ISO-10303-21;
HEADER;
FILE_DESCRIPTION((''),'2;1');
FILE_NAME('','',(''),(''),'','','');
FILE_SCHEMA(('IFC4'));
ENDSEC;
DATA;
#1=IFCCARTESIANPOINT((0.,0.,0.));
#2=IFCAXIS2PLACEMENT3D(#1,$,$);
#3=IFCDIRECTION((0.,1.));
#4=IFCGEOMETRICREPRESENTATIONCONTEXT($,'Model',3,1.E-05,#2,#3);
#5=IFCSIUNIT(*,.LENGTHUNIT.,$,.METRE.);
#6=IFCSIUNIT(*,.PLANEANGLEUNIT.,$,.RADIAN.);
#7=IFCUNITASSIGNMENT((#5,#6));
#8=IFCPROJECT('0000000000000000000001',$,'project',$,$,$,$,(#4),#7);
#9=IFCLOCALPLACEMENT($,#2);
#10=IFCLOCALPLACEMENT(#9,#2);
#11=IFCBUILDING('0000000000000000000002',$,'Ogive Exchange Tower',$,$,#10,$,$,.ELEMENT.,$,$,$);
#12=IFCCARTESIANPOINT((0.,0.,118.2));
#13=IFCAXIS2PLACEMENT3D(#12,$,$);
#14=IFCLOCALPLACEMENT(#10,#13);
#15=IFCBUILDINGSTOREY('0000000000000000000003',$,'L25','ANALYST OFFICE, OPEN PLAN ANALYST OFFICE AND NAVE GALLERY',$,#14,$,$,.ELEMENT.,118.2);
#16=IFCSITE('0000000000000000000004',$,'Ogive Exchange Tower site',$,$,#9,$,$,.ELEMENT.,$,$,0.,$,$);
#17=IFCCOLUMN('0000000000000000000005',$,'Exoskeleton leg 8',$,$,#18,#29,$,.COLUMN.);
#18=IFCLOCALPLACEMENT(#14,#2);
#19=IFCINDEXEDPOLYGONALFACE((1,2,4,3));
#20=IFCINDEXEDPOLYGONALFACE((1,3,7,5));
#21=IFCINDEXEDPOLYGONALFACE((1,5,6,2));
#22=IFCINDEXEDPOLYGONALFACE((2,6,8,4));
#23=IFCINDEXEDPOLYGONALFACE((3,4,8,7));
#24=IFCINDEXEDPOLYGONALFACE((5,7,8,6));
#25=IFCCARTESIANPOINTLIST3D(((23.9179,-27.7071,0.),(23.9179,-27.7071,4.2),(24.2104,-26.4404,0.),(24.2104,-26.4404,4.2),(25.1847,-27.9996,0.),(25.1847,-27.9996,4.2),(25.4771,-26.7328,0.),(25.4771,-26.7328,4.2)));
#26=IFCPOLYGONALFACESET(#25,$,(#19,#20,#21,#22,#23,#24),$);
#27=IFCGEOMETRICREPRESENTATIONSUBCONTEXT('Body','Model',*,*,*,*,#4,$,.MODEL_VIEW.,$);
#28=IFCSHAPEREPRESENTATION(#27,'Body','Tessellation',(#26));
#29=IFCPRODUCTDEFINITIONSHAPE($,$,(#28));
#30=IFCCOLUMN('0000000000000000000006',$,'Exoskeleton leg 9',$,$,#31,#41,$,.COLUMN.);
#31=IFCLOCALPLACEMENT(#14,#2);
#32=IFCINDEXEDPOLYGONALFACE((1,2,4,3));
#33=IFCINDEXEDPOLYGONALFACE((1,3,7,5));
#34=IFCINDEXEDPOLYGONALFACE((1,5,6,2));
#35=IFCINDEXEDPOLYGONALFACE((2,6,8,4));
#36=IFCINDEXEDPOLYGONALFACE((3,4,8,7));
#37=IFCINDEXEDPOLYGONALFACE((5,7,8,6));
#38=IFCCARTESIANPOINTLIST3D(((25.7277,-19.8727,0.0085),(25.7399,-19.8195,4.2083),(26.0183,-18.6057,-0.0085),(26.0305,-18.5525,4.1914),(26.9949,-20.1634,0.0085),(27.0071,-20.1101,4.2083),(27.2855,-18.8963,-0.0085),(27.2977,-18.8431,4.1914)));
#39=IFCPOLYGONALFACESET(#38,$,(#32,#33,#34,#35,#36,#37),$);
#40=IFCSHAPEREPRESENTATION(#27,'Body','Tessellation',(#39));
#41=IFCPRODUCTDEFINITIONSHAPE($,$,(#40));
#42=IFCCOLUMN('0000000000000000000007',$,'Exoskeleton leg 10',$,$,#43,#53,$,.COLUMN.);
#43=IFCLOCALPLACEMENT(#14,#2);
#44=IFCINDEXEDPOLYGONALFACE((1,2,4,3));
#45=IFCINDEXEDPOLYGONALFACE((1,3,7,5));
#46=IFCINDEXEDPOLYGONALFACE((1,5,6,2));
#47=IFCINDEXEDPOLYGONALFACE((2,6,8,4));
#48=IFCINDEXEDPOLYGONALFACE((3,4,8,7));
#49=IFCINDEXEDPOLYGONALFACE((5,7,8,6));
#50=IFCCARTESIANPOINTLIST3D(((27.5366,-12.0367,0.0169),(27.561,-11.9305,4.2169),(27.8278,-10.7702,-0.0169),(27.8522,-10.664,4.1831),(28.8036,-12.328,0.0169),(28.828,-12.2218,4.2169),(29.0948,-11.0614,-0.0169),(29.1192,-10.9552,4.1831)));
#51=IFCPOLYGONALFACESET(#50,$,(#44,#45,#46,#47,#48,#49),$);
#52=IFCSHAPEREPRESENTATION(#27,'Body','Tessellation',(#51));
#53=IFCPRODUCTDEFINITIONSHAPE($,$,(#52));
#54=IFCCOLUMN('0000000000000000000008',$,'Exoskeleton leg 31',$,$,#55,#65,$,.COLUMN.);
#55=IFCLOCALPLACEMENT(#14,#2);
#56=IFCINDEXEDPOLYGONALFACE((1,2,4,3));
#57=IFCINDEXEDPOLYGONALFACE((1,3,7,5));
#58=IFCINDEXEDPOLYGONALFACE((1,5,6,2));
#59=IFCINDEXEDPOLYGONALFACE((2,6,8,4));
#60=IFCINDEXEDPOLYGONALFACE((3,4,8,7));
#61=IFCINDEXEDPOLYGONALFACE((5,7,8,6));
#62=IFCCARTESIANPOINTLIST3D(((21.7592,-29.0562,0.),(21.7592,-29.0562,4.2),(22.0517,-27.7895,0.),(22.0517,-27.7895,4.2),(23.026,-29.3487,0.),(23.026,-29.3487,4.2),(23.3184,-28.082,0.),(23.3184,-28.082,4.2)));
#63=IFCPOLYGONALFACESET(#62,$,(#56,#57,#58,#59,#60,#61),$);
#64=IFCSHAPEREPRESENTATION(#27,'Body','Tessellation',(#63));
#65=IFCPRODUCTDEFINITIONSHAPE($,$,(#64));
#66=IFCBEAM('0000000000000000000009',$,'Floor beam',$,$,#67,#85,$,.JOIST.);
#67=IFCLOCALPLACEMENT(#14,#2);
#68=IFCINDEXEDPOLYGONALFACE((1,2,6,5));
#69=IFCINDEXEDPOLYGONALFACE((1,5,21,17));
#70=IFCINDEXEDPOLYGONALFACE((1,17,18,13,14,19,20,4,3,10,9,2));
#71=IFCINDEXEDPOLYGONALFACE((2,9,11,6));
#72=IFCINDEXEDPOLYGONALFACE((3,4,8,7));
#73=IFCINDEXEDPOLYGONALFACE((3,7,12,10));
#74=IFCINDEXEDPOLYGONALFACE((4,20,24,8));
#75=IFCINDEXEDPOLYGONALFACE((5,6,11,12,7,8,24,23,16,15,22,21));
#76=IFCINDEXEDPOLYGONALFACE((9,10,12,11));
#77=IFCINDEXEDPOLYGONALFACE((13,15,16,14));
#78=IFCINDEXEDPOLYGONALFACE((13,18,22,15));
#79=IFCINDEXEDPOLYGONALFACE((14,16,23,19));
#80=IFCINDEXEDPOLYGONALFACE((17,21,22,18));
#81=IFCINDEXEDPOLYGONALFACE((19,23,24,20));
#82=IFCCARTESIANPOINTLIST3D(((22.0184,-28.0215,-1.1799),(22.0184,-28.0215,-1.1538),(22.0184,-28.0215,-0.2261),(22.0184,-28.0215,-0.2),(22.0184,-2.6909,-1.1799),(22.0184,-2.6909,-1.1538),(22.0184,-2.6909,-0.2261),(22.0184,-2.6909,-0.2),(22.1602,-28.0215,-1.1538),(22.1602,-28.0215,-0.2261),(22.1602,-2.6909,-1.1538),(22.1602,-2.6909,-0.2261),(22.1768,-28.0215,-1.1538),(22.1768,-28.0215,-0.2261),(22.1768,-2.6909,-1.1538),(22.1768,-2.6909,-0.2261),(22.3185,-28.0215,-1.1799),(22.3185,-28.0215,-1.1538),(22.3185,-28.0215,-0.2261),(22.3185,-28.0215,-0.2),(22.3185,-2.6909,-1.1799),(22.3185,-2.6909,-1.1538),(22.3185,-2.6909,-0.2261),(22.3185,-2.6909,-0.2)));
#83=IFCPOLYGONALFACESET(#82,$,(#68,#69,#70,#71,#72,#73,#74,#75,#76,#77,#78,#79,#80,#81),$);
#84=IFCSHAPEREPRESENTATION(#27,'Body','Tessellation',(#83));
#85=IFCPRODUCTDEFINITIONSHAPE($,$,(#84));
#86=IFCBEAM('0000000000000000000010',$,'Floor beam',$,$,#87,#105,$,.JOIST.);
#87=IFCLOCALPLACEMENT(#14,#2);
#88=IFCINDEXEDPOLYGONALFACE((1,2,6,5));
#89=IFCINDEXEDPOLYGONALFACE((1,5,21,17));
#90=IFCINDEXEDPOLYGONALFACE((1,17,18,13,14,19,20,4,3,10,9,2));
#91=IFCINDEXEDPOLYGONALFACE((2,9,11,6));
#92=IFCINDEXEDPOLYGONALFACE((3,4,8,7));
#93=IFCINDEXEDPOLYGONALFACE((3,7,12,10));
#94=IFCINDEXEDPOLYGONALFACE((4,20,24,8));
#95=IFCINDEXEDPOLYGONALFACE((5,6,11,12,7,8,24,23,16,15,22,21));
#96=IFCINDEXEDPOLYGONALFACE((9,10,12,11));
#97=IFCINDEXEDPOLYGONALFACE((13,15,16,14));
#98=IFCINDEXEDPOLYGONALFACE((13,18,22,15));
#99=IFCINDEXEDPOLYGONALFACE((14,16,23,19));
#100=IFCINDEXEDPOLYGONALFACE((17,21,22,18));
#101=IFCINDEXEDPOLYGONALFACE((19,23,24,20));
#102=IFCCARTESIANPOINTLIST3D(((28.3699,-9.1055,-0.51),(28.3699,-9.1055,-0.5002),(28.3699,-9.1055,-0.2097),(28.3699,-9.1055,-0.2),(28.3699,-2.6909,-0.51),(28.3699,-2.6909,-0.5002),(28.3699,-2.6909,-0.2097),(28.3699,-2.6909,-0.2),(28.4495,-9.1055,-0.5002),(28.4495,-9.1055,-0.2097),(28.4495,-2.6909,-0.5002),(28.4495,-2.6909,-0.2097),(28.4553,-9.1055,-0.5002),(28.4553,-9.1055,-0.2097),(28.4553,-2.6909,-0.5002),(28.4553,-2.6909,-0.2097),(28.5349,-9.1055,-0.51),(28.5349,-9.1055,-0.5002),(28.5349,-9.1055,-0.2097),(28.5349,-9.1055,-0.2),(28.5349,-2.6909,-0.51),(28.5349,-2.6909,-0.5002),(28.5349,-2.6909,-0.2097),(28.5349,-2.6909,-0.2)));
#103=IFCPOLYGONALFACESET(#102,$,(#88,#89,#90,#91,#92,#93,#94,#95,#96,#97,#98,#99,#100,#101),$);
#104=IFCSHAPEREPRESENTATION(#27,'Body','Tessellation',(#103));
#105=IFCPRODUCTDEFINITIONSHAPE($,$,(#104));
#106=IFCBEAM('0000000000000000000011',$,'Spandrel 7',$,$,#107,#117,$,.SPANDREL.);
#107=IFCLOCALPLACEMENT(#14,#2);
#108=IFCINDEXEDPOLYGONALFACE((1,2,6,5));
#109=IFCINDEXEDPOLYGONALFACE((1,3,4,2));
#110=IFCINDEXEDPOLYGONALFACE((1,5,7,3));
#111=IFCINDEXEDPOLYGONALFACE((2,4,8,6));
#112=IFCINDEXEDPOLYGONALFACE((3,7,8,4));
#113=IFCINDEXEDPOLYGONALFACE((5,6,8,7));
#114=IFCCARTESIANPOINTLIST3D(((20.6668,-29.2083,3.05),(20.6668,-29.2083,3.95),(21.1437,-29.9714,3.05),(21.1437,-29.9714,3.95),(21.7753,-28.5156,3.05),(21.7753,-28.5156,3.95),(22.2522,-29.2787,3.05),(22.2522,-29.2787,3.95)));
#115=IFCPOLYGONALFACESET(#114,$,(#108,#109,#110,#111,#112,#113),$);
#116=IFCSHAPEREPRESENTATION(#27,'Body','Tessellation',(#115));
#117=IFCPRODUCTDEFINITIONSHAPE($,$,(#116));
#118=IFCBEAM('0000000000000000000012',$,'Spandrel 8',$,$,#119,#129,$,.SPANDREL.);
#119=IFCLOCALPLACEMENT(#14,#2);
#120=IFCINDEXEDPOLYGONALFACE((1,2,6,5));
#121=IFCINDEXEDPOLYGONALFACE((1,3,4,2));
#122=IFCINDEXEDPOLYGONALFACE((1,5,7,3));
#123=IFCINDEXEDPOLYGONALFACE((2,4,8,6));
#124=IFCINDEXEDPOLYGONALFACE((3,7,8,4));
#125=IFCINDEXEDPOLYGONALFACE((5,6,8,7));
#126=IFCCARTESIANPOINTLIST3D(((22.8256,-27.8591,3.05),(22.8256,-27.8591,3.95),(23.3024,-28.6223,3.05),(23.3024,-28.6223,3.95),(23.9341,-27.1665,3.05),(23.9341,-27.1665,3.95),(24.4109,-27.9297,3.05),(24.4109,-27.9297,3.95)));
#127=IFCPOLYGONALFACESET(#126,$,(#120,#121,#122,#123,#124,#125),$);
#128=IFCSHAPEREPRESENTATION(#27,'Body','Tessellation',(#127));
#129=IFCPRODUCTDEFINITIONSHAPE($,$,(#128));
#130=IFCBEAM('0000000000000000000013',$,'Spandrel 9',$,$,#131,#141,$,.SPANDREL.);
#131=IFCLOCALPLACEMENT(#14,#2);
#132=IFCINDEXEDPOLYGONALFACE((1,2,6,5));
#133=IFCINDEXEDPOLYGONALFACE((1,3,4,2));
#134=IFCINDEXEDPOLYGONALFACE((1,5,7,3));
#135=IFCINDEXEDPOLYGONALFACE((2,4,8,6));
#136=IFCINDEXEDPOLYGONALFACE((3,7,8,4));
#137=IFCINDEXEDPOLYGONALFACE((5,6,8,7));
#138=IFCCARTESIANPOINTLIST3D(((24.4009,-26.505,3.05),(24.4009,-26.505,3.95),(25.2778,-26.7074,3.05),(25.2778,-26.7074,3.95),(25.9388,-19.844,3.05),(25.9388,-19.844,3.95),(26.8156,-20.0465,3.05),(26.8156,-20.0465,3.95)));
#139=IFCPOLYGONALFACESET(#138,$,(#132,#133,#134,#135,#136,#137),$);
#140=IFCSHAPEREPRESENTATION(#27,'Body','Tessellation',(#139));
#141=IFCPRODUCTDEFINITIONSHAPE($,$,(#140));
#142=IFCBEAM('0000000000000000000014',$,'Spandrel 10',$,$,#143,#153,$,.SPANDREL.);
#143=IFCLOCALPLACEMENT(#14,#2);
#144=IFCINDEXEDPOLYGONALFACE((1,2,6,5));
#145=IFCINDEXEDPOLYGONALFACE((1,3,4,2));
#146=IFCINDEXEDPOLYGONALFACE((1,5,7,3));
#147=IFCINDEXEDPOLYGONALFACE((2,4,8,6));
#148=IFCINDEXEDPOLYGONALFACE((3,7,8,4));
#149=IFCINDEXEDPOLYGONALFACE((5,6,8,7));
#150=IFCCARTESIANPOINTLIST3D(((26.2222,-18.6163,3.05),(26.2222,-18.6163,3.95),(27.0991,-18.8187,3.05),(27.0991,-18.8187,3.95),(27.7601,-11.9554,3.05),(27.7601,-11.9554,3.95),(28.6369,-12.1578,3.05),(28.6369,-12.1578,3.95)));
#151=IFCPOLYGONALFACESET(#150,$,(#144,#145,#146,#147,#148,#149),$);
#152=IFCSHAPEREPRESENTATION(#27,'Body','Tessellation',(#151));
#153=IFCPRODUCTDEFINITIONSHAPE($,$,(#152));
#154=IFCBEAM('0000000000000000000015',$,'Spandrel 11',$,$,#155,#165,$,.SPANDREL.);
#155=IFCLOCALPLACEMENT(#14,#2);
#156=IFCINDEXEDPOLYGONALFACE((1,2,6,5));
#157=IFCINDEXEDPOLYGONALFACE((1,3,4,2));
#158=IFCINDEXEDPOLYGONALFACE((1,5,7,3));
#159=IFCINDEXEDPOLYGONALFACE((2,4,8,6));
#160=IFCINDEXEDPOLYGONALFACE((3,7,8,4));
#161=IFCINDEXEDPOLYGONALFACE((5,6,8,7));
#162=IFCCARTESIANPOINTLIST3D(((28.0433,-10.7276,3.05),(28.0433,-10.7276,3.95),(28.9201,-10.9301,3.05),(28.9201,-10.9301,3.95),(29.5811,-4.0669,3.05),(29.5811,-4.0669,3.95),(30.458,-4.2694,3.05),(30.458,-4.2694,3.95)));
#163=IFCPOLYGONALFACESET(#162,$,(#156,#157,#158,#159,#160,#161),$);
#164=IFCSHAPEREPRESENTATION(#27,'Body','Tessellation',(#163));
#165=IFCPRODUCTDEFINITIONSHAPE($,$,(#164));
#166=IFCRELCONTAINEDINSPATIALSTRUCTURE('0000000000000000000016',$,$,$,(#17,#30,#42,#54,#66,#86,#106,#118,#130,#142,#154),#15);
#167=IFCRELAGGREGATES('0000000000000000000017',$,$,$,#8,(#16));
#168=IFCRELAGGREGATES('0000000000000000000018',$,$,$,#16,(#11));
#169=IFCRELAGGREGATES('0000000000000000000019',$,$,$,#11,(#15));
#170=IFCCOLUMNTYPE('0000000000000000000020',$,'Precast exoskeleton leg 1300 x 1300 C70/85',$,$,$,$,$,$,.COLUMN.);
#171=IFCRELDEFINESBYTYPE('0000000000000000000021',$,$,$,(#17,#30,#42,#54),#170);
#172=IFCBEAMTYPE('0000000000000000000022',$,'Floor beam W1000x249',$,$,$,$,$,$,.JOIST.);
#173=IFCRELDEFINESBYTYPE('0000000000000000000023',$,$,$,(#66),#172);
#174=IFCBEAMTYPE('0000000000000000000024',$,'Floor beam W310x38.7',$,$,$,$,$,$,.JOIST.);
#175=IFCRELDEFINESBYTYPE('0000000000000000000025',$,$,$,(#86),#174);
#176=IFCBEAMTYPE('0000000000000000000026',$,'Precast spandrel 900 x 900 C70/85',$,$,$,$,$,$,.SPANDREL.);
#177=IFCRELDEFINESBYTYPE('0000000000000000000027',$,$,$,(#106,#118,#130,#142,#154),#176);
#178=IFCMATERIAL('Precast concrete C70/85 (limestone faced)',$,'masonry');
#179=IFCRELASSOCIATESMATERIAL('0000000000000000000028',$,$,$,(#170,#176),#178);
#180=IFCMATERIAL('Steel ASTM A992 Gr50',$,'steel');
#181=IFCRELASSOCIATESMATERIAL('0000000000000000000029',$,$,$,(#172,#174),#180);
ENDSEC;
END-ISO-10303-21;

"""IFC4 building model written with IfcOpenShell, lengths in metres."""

from ifc_helpers import new_model, si_unit, direction, frame, origin, origin_2d, place, context, subcontext, project, spatial, rectangle, i_section, extrude, material, material_profile, profile_set, type_object, element, save


model = new_model("IFC4")

# Units and contexts
model_context = context("Model", 3, precision=1e-05, world=origin(), true_north=direction((0.0, 1.0)))
body_context = subcontext(model_context, "Body", "Model", "MODEL_VIEW")
ifc_project = project(units=[si_unit("LENGTHUNIT", "METRE"), si_unit("PLANEANGLEUNIT", "RADIAN")], contexts=[model_context])

# Site, building, storey
site_placement = place(None, origin())
site = spatial("IfcSite", under=ifc_project, at=site_placement, Name="Ogive Exchange Tower site", CompositionType="ELEMENT", RefElevation=0.0)
building_placement = place(site_placement, origin())
building = spatial("IfcBuilding", under=site, at=building_placement, Name="Ogive Exchange Tower", CompositionType="ELEMENT")
storey_placement = place(building_placement, frame((0.0, 0.0, 118.2)))
storey = spatial("IfcBuildingStorey", under=building, at=storey_placement, Name="L25", Description="ANALYST OFFICE, OPEN PLAN ANALYST OFFICE AND NAVE GALLERY", CompositionType="ELEMENT", Elevation=118.2)

# Columns
ifc_material_1 = material(Name="Precast concrete C70/85 (limestone faced)", Category="masonry")
ifc_material_profile_1 = material_profile(ifc_material_1, rectangle(XDim=1.3, YDim=1.3, at=origin_2d()), Name="1300 x 1300")
ifc_profile_set_1 = profile_set([ifc_material_profile_1], Name="Precast concrete C70/85 (limestone faced)")
column_type = type_object("IfcColumnType", Name="Precast exoskeleton leg 1300 x 1300 C70/85", PredefinedType="COLUMN", material=ifc_profile_set_1)
column_1_placement = place(storey_placement, frame((24.6975, -27.22, 0.0), z_axis=(0.0, 0.0, 1.0), x_axis=(0.97437, -0.224951, 0.0)))
element("IfcColumn", 1, at=column_1_placement, inside=storey, type_object=column_type, Name="Exoskeleton leg 8", PredefinedType="COLUMN", context=body_context, shape_type="SweptSolid", body=[
    extrude(rectangle(XDim=1.3, YDim=1.3, at=origin_2d()), origin(), (0.0, 0.0, 1.0), 4.2),
])
column_2_placement = place(storey_placement, frame((26.5066, -19.3845, 0.0), z_axis=(0.002906, 0.012671, 0.999915), x_axis=(-0.974692, 0.223553, 0.0)))
element("IfcColumn", 2, at=column_2_placement, inside=storey, type_object=column_type, Name="Exoskeleton leg 9", PredefinedType="COLUMN", context=body_context, shape_type="SweptSolid", body=[
    extrude(rectangle(XDim=1.3, YDim=1.3, at=origin_2d()), origin(), (0.0, 0.0, 1.0), 4.2002),
])
column_3_placement = place(storey_placement, frame((28.3157, -11.5491, 0.0), z_axis=(0.005811, 0.025278, 0.999664), x_axis=(-0.97458, 0.224041, 0.0)))
element("IfcColumn", 3, at=column_3_placement, inside=storey, type_object=column_type, Name="Exoskeleton leg 10", PredefinedType="COLUMN", context=body_context, shape_type="SweptSolid", body=[
    extrude(rectangle(XDim=1.3, YDim=1.3, at=origin_2d()), origin(), (0.0, 0.0, 1.0), 4.2014),
])
column_4_placement = place(storey_placement, frame((22.5388, -28.5691, 0.0), z_axis=(0.0, 0.0, 1.0), x_axis=(0.97437, -0.224951, 0.0)))
element("IfcColumn", 4, at=column_4_placement, inside=storey, type_object=column_type, Name="Exoskeleton leg 31", PredefinedType="COLUMN", context=body_context, shape_type="SweptSolid", body=[
    extrude(rectangle(XDim=1.3, YDim=1.3, at=origin_2d()), origin(), (0.0, 0.0, 1.0), 4.2),
])

# Beams
ifc_material_2 = material(Name="Steel ASTM A992 Gr50", Category="steel")
ifc_material_profile_2 = material_profile(ifc_material_2, i_section(OverallWidth=0.3, OverallDepth=0.98, WebThickness=0.0166, FlangeThickness=0.0261, at=origin_2d()), Name="W1000x249")
ifc_profile_set_2 = profile_set([ifc_material_profile_2], Name="Steel ASTM A992 Gr50")
beam_type_1 = type_object("IfcBeamType", Name="Floor beam W1000x249", PredefinedType="JOIST", material=ifc_profile_set_2)
beam_1_placement = place(storey_placement, frame((22.1685, -28.0215, -0.6899), z_axis=(0.0, 1.0, 0.0), x_axis=(-1.0, 0.0, 0.0)))
element("IfcBeam", 5, at=beam_1_placement, inside=storey, type_object=beam_type_1, Name="Floor beam", PredefinedType="JOIST", context=body_context, shape_type="SweptSolid", body=[
    extrude(i_section(OverallWidth=0.3, OverallDepth=0.98, WebThickness=0.0166, FlangeThickness=0.0261, at=origin_2d()), origin(), (0.0, 0.0, 1.0), 25.3306),
])
ifc_material_profile_3 = material_profile(ifc_material_2, i_section(OverallWidth=0.165, OverallDepth=0.3101, WebThickness=0.0059, FlangeThickness=0.0098, at=origin_2d()), Name="W310x38.7")
ifc_profile_set_3 = profile_set([ifc_material_profile_3], Name="Steel ASTM A992 Gr50")
beam_type_2 = type_object("IfcBeamType", Name="Floor beam W310x38.7", PredefinedType="JOIST", material=ifc_profile_set_3)
beam_2_placement = place(storey_placement, frame((28.4524, -9.1055, -0.355), z_axis=(0.0, 1.0, 0.0), x_axis=(-1.0, 0.0, 0.0)))
element("IfcBeam", 6, at=beam_2_placement, inside=storey, type_object=beam_type_2, Name="Floor beam", PredefinedType="JOIST", context=body_context, shape_type="SweptSolid", body=[
    extrude(i_section(OverallWidth=0.165, OverallDepth=0.3101, WebThickness=0.0059, FlangeThickness=0.0098, at=origin_2d()), origin(), (0.0, 0.0, 1.0), 6.4146),
])
ifc_material_profile_4 = material_profile(ifc_material_1, rectangle(XDim=0.8999, YDim=0.8999, at=origin_2d()), Name="900 x 900")
ifc_profile_set_4 = profile_set([ifc_material_profile_4], Name="Precast concrete C70/85 (limestone faced)")
beam_type_3 = type_object("IfcBeamType", Name="Precast spandrel 900 x 900 C70/85", PredefinedType="SPANDREL", material=ifc_profile_set_4)
for number, where, z_axis, x_axis, name in (
    (7, (20.9053, -29.5898, 3.5), (0.84804, 0.529932, 0.0), (-0.529932, 0.84804, 0.0), "Spandrel 7"),
    (8, (23.064, -28.2407, 3.5), (0.848093, 0.529848, 0.0), (-0.529848, 0.848093, 0.0), "Spandrel 8"),
):
    element("IfcBeam", number, at=place(storey_placement, frame(where, z_axis=z_axis, x_axis=x_axis)), inside=storey, type_object=beam_type_3, Name=name, PredefinedType="SPANDREL", context=body_context, shape_type="SweptSolid", body=[
        extrude(rectangle(XDim=0.8999, YDim=0.8999, at=origin_2d()), origin(), (0.0, 0.0, 1.0), 1.3071),
    ])
for number, where, z_axis, x_axis, name in (
    (9, (24.8394, -26.6062, 3.5), (0.224959, 0.974368, 0.0), (-0.974368, 0.224959, 0.0), "Spandrel 9"),
    (10, (26.6606, -18.7175, 3.5), (0.224959, 0.974368, 0.0), (-0.974368, 0.224959, 0.0), "Spandrel 10"),
):
    element("IfcBeam", number, at=place(storey_placement, frame(where, z_axis=z_axis, x_axis=x_axis)), inside=storey, type_object=beam_type_3, Name=name, PredefinedType="SPANDREL", context=body_context, shape_type="SweptSolid", body=[
        extrude(rectangle(XDim=0.8999, YDim=0.8999, at=origin_2d()), origin(), (0.0, 0.0, 1.0), 6.8362),
    ])
beam_3_placement = place(storey_placement, frame((28.4817, -10.8289, 3.5), z_axis=(0.224966, 0.974367, 0.0), x_axis=(-0.974367, 0.224966, 0.0)))
element("IfcBeam", 11, at=beam_3_placement, inside=storey, type_object=beam_type_3, Name="Spandrel 11", PredefinedType="SPANDREL", context=body_context, shape_type="SweptSolid", body=[
    extrude(rectangle(XDim=0.8999, YDim=0.8999, at=origin_2d()), origin(), (0.0, 0.0, 1.0), 6.8359),
])

save(model, "model.ifc")
